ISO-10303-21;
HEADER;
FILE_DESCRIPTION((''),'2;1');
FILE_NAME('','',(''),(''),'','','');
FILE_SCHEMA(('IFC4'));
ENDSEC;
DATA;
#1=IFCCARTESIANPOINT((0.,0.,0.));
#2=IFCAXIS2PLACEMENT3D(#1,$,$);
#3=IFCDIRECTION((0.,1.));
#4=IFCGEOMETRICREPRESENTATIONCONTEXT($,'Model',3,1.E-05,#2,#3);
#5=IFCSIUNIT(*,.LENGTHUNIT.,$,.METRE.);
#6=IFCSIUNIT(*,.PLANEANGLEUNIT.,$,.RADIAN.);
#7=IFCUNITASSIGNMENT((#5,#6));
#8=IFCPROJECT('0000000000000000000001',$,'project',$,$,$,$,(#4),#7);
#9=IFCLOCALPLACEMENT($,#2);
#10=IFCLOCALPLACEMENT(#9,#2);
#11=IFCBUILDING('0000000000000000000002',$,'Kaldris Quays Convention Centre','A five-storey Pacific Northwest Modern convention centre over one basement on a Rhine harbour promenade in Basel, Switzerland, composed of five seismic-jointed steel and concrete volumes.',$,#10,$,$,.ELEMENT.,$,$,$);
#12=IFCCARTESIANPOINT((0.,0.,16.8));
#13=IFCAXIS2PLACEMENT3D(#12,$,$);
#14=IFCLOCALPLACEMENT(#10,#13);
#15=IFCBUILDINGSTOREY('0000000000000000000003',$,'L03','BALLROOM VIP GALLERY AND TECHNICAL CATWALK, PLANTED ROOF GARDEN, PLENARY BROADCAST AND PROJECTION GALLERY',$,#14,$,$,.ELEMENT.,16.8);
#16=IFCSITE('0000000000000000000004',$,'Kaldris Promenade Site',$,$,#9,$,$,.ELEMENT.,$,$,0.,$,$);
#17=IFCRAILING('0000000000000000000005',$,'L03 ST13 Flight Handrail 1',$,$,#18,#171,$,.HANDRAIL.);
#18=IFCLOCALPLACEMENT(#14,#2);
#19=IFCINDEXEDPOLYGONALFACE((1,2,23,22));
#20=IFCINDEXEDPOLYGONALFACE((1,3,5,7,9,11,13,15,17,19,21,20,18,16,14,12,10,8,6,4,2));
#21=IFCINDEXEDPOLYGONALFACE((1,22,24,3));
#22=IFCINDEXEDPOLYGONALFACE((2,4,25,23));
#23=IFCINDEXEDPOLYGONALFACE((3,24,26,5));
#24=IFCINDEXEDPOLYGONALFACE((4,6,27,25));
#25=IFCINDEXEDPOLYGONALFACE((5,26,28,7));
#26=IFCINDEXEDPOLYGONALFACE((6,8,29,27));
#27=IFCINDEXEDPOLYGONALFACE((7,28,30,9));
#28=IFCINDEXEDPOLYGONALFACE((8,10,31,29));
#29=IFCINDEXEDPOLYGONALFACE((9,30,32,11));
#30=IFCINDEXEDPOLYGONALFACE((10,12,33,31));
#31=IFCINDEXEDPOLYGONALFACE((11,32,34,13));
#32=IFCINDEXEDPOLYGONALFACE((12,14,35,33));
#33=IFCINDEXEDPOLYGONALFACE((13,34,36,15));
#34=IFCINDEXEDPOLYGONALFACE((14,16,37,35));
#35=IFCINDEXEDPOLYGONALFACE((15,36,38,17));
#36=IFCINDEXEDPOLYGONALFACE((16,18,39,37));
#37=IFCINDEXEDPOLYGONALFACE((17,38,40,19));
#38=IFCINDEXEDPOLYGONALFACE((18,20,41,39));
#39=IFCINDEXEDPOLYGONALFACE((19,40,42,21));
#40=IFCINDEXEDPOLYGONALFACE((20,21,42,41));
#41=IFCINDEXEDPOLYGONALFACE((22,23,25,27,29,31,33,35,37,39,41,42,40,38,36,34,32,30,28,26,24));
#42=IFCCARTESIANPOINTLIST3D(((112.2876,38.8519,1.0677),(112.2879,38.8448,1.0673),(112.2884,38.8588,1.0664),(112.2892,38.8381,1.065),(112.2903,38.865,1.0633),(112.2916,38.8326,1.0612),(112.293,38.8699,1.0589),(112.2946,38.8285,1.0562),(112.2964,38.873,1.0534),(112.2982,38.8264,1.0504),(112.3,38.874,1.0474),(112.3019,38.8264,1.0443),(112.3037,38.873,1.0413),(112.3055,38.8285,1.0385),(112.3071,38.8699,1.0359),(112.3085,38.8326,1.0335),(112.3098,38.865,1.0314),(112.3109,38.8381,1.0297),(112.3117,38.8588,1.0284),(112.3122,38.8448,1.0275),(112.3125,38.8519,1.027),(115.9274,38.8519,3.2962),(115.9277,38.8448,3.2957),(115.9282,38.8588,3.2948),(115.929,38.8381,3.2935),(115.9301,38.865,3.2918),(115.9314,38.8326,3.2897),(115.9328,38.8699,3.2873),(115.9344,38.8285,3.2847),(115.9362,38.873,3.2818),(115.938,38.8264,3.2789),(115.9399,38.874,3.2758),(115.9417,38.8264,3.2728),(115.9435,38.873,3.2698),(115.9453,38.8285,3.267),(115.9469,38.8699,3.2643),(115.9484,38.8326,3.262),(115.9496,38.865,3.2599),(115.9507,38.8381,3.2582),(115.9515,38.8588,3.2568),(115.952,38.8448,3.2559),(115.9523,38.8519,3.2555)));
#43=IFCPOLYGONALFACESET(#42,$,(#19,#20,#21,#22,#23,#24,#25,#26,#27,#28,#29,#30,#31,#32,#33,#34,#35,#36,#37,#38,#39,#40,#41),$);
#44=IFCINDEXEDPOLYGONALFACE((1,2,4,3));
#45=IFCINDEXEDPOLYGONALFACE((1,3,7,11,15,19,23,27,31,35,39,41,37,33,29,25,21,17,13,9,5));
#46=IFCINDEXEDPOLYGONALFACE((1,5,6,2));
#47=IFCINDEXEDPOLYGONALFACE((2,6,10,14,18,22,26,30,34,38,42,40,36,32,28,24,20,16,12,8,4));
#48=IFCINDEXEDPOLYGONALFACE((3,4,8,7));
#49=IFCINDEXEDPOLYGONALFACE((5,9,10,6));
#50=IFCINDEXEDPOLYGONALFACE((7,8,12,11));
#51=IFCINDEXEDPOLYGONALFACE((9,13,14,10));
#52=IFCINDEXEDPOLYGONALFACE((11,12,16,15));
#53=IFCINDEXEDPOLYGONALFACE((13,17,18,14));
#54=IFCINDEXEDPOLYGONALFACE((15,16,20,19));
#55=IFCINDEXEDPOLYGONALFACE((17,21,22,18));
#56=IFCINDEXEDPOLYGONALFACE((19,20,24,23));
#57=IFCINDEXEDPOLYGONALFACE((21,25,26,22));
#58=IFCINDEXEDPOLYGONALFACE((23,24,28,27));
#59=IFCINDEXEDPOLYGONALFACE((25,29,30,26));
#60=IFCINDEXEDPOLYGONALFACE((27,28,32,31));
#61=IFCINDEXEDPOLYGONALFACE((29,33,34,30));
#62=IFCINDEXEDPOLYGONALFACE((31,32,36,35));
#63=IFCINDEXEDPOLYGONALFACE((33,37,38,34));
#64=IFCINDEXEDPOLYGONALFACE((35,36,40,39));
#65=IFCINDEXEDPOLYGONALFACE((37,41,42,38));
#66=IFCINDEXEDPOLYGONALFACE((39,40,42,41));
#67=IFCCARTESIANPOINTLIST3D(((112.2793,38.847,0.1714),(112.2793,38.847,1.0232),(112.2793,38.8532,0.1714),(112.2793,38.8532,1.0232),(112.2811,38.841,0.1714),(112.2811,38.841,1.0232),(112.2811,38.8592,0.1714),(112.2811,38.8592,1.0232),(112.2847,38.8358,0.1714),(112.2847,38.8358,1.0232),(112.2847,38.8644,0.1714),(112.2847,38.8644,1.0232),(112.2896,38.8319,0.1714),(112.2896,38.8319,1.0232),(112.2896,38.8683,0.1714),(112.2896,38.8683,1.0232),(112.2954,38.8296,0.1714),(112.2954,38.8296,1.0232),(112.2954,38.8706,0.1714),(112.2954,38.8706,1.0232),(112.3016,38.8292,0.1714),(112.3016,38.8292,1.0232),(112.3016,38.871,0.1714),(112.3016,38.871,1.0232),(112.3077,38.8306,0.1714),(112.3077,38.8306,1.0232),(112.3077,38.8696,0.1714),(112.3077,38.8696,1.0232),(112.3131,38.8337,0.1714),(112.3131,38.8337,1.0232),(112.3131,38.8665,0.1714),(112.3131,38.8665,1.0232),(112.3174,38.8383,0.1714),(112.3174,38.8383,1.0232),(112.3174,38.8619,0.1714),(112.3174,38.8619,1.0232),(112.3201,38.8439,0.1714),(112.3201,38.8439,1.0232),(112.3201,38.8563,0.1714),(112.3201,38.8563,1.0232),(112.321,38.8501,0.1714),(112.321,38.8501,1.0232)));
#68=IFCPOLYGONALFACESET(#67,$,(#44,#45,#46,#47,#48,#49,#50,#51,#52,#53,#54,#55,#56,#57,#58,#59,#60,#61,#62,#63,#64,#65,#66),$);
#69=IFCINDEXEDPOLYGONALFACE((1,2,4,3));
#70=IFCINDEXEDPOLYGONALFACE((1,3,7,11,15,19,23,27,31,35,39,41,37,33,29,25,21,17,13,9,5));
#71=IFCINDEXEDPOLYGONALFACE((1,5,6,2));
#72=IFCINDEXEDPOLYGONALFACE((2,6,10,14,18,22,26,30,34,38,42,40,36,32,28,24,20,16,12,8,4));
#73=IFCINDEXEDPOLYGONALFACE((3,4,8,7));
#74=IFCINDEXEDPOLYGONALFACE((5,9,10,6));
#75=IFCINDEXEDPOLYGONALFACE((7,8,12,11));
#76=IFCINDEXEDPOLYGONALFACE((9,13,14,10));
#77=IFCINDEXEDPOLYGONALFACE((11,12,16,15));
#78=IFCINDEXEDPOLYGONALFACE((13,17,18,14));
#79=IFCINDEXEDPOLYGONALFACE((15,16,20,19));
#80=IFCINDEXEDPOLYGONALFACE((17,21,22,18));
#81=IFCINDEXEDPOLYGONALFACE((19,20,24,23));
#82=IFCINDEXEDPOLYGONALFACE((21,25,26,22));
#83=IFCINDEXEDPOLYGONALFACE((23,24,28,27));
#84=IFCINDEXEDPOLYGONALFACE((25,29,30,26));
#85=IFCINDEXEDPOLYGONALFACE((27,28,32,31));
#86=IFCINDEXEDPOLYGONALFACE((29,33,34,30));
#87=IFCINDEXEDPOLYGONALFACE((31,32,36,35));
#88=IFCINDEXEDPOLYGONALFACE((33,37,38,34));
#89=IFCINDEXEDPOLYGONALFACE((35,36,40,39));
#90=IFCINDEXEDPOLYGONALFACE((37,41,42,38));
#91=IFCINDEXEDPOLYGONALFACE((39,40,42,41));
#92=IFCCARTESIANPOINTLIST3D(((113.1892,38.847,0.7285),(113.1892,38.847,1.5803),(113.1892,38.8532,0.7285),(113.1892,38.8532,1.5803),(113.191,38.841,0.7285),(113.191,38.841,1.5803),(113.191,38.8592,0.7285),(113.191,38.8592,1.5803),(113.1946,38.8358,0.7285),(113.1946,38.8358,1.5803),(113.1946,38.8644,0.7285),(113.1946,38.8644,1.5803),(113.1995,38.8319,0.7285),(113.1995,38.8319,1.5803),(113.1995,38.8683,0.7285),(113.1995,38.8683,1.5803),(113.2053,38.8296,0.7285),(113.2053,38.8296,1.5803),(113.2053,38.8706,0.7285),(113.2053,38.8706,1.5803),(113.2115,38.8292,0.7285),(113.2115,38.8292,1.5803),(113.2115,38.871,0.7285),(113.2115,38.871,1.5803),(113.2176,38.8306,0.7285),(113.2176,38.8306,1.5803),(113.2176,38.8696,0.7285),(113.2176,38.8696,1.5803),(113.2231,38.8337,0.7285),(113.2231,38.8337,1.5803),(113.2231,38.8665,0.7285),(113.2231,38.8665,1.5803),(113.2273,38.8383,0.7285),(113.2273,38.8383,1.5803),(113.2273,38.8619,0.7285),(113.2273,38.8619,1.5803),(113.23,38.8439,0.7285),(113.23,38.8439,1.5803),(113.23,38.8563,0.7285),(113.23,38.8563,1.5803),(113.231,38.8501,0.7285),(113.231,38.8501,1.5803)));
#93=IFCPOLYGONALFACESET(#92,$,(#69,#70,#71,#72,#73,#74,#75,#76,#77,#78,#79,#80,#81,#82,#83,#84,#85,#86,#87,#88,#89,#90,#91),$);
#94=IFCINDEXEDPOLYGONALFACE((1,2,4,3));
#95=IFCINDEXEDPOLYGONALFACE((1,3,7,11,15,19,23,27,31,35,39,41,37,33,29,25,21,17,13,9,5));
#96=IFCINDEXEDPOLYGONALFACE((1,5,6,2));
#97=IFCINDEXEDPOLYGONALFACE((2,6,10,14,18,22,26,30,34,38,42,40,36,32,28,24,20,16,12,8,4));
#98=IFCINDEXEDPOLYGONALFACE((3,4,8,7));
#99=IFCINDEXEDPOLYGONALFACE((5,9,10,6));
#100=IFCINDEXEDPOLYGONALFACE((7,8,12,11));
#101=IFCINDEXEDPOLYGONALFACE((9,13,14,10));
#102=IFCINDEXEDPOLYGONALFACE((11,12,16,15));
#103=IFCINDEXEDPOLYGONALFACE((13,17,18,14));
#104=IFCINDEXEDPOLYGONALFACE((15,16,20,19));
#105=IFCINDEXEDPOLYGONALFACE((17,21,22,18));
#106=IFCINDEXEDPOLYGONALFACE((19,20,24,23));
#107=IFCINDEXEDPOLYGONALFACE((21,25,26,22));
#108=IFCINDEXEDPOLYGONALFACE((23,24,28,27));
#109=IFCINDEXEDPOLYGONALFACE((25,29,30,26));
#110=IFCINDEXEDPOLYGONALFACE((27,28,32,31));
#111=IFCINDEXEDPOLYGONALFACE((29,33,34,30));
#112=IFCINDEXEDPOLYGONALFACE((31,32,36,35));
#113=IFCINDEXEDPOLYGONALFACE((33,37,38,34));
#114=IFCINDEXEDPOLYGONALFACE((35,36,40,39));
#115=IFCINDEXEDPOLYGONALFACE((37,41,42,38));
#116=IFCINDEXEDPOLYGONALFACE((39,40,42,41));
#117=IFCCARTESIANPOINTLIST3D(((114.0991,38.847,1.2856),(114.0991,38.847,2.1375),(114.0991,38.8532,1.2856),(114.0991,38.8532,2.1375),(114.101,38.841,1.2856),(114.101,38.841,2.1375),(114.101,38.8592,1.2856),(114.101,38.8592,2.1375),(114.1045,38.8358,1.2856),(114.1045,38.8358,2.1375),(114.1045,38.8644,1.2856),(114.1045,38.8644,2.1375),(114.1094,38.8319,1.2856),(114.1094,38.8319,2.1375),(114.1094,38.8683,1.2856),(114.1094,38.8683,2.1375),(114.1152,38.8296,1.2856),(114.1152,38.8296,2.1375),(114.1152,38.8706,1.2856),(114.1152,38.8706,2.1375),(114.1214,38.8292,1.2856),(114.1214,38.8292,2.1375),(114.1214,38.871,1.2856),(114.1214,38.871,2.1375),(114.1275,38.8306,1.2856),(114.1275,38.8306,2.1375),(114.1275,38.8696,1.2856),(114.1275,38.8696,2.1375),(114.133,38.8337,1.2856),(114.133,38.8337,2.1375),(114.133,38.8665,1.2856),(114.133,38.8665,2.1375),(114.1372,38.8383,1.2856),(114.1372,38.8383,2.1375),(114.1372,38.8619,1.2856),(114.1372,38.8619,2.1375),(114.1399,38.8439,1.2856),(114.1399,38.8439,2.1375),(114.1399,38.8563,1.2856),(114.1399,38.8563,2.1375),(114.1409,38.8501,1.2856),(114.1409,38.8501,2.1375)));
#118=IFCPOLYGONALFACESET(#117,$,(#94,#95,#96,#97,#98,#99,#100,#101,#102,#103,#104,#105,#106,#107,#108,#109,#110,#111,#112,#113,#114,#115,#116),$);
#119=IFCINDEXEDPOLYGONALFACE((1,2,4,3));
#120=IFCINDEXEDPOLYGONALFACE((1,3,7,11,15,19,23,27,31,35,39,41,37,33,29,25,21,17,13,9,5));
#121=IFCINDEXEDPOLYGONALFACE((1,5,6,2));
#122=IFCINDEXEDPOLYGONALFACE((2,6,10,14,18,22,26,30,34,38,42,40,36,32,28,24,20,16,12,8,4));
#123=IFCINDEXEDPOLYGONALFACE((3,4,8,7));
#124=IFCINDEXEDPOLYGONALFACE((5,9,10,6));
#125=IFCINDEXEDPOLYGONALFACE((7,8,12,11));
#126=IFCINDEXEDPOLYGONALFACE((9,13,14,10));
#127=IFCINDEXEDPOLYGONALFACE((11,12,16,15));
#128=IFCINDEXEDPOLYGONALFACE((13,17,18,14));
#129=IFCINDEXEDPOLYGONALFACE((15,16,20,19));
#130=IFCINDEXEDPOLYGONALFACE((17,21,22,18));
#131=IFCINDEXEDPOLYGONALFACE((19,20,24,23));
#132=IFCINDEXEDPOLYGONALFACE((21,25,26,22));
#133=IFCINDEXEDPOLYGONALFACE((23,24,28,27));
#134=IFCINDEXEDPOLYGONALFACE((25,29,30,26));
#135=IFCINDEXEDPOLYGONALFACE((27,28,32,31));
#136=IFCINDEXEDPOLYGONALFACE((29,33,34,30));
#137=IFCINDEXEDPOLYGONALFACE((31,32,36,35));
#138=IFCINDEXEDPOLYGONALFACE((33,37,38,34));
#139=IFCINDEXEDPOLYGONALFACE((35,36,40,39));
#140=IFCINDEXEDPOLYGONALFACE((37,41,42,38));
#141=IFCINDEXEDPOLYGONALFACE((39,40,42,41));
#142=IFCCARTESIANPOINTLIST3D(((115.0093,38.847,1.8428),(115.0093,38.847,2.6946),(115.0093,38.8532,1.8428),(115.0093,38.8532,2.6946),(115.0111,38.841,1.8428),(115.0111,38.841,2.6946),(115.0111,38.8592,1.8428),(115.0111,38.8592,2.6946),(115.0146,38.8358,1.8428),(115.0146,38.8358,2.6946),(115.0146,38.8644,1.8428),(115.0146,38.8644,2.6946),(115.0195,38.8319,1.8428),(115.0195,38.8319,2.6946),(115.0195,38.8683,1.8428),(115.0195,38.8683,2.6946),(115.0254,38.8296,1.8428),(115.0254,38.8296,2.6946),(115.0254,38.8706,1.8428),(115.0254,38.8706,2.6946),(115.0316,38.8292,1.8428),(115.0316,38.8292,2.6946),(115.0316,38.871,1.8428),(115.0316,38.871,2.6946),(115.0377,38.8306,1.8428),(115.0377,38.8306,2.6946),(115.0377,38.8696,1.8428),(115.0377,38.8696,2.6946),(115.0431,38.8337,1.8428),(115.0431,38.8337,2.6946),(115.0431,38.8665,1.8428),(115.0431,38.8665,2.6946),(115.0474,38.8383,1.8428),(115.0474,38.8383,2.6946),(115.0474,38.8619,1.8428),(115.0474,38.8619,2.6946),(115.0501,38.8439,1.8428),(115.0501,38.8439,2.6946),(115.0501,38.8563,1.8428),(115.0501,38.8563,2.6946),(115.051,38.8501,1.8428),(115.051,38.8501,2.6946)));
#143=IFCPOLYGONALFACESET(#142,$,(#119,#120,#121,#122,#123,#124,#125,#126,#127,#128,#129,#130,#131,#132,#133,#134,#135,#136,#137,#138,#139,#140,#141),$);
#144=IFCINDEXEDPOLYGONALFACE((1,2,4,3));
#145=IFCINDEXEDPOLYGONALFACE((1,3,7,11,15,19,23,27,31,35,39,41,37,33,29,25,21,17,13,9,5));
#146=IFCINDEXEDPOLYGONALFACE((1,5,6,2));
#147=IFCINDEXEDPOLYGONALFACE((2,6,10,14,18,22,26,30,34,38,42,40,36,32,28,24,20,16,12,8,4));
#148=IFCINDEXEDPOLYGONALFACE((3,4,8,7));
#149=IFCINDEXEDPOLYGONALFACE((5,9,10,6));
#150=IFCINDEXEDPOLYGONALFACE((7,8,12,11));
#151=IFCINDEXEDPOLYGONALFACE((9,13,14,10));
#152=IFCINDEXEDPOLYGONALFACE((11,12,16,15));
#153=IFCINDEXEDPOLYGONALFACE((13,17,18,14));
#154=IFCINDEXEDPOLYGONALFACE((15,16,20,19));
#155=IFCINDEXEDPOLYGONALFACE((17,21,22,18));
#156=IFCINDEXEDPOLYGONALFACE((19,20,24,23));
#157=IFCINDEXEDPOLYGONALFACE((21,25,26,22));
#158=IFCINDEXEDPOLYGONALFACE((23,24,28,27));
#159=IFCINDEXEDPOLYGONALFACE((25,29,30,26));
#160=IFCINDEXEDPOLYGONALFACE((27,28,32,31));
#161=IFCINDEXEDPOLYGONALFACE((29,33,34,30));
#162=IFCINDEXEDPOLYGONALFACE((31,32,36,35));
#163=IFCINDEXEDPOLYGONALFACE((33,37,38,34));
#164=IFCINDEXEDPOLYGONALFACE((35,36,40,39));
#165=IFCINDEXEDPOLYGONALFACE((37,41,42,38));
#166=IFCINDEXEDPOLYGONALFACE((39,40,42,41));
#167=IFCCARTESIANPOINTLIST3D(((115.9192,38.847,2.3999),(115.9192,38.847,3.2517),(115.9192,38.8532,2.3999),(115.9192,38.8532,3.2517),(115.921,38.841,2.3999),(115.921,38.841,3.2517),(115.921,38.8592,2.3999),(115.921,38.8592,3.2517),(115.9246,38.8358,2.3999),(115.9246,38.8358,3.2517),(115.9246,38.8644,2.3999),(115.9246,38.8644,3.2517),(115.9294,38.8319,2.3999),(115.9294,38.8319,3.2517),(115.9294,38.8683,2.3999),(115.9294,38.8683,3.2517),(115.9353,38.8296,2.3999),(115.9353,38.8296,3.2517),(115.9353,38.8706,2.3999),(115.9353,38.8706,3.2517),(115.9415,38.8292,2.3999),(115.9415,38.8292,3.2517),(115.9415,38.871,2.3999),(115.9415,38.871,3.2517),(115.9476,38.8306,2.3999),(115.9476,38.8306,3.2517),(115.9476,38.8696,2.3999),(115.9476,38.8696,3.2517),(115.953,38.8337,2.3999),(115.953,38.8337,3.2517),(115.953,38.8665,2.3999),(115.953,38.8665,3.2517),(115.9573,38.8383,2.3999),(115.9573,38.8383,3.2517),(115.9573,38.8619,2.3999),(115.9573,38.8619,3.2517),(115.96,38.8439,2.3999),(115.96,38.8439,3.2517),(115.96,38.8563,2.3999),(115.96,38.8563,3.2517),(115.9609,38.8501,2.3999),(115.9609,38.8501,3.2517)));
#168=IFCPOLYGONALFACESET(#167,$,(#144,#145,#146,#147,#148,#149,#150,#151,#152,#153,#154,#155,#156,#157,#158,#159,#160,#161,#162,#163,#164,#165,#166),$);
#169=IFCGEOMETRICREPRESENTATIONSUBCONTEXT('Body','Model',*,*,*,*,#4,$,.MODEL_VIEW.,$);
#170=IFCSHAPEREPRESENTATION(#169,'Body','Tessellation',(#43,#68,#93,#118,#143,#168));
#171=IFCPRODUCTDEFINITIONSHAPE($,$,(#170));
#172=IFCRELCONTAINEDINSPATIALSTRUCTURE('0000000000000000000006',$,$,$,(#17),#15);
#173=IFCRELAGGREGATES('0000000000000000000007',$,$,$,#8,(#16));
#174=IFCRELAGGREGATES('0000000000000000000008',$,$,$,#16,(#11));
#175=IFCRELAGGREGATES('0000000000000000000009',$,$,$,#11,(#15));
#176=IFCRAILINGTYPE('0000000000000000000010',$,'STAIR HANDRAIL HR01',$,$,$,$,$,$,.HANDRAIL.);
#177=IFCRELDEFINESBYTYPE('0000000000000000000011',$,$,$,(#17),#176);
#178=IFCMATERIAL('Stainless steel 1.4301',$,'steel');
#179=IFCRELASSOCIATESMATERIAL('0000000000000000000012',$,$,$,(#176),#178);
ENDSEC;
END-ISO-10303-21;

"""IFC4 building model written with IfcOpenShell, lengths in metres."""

from ifc_helpers import new_model, si_unit, direction, frame, origin, origin_2d, place, context, subcontext, project, spatial, circle, extrude, material, type_object, element, save


model = new_model("IFC4")

# Units and contexts
model_context = context("Model", 3, precision=1e-05, world=origin(), true_north=direction((0.0, 1.0)))
body_context = subcontext(model_context, "Body", "Model", "MODEL_VIEW")
ifc_project = project(units=[si_unit("LENGTHUNIT", "METRE"), si_unit("PLANEANGLEUNIT", "RADIAN")], contexts=[model_context])

# Site, building, storey
site_placement = place(None, origin())
site = spatial("IfcSite", under=ifc_project, at=site_placement, Name="Kaldris Promenade Site", CompositionType="ELEMENT", RefElevation=0.0)
building_placement = place(site_placement, origin())
building = spatial("IfcBuilding", under=site, at=building_placement, Name="Kaldris Quays Convention Centre", Description="A five-storey Pacific Northwest Modern convention centre over one basement on a Rhine harbour promenade in Basel, Switzerland, composed of five seismic-jointed steel and concrete volumes.", CompositionType="ELEMENT")
storey_placement = place(building_placement, frame((0.0, 0.0, 16.8)))
storey = spatial("IfcBuildingStorey", under=building, at=storey_placement, Name="L03", Description="BALLROOM VIP GALLERY AND TECHNICAL CATWALK, PLANTED ROOF GARDEN, PLENARY BROADCAST AND PROJECTION GALLERY", CompositionType="ELEMENT", Elevation=16.8)

# Railing
ifc_material_1 = material(Name="Stainless steel 1.4301", Category="steel")
railing_type_1 = type_object("IfcRailingType", Name="STAIR HANDRAIL HR01", PredefinedType="HANDRAIL", material=ifc_material_1)
for number, where, name in (
    (1, (112.3, 38.8501, 0.1714), "L03 ST13 Flight Handrail 1"),
):
    element("IfcRailing", number, at=place(storey_placement, frame(where)), inside=storey, type_object=railing_type_1, Name=name, PredefinedType="HANDRAIL", context=body_context, shape_type="SweptSolid", body=[
        extrude(circle(Radius=0.0239, at=origin_2d()), frame((0.0, 0.0, 0.876), z_axis=(0.85285, 0.0, 0.522156), x_axis=(0.0, 1.0, 0.0)), (0.0, 0.0, 1.0), 4.2678),
        extrude(circle(Radius=0.021, at=origin_2d()), origin(), (0.0, 0.0, 1.0), 0.8518),
        extrude(circle(Radius=0.021, at=origin_2d()), frame((0.9099, 0.0, 0.5571)), (0.0, 0.0, 1.0), 0.8518),
        extrude(circle(Radius=0.021, at=origin_2d()), frame((1.8198, 0.0, 1.1143)), (0.0, 0.0, 1.0), 0.8518),
        extrude(circle(Radius=0.021, at=origin_2d()), frame((2.73, 0.0, 1.6714)), (0.0, 0.0, 1.0), 0.8518),
        extrude(circle(Radius=0.021, at=origin_2d()), frame((3.6399, 0.0, 2.2285)), (0.0, 0.0, 1.0), 0.8518),
    ])

save(model, "model.ifc")
